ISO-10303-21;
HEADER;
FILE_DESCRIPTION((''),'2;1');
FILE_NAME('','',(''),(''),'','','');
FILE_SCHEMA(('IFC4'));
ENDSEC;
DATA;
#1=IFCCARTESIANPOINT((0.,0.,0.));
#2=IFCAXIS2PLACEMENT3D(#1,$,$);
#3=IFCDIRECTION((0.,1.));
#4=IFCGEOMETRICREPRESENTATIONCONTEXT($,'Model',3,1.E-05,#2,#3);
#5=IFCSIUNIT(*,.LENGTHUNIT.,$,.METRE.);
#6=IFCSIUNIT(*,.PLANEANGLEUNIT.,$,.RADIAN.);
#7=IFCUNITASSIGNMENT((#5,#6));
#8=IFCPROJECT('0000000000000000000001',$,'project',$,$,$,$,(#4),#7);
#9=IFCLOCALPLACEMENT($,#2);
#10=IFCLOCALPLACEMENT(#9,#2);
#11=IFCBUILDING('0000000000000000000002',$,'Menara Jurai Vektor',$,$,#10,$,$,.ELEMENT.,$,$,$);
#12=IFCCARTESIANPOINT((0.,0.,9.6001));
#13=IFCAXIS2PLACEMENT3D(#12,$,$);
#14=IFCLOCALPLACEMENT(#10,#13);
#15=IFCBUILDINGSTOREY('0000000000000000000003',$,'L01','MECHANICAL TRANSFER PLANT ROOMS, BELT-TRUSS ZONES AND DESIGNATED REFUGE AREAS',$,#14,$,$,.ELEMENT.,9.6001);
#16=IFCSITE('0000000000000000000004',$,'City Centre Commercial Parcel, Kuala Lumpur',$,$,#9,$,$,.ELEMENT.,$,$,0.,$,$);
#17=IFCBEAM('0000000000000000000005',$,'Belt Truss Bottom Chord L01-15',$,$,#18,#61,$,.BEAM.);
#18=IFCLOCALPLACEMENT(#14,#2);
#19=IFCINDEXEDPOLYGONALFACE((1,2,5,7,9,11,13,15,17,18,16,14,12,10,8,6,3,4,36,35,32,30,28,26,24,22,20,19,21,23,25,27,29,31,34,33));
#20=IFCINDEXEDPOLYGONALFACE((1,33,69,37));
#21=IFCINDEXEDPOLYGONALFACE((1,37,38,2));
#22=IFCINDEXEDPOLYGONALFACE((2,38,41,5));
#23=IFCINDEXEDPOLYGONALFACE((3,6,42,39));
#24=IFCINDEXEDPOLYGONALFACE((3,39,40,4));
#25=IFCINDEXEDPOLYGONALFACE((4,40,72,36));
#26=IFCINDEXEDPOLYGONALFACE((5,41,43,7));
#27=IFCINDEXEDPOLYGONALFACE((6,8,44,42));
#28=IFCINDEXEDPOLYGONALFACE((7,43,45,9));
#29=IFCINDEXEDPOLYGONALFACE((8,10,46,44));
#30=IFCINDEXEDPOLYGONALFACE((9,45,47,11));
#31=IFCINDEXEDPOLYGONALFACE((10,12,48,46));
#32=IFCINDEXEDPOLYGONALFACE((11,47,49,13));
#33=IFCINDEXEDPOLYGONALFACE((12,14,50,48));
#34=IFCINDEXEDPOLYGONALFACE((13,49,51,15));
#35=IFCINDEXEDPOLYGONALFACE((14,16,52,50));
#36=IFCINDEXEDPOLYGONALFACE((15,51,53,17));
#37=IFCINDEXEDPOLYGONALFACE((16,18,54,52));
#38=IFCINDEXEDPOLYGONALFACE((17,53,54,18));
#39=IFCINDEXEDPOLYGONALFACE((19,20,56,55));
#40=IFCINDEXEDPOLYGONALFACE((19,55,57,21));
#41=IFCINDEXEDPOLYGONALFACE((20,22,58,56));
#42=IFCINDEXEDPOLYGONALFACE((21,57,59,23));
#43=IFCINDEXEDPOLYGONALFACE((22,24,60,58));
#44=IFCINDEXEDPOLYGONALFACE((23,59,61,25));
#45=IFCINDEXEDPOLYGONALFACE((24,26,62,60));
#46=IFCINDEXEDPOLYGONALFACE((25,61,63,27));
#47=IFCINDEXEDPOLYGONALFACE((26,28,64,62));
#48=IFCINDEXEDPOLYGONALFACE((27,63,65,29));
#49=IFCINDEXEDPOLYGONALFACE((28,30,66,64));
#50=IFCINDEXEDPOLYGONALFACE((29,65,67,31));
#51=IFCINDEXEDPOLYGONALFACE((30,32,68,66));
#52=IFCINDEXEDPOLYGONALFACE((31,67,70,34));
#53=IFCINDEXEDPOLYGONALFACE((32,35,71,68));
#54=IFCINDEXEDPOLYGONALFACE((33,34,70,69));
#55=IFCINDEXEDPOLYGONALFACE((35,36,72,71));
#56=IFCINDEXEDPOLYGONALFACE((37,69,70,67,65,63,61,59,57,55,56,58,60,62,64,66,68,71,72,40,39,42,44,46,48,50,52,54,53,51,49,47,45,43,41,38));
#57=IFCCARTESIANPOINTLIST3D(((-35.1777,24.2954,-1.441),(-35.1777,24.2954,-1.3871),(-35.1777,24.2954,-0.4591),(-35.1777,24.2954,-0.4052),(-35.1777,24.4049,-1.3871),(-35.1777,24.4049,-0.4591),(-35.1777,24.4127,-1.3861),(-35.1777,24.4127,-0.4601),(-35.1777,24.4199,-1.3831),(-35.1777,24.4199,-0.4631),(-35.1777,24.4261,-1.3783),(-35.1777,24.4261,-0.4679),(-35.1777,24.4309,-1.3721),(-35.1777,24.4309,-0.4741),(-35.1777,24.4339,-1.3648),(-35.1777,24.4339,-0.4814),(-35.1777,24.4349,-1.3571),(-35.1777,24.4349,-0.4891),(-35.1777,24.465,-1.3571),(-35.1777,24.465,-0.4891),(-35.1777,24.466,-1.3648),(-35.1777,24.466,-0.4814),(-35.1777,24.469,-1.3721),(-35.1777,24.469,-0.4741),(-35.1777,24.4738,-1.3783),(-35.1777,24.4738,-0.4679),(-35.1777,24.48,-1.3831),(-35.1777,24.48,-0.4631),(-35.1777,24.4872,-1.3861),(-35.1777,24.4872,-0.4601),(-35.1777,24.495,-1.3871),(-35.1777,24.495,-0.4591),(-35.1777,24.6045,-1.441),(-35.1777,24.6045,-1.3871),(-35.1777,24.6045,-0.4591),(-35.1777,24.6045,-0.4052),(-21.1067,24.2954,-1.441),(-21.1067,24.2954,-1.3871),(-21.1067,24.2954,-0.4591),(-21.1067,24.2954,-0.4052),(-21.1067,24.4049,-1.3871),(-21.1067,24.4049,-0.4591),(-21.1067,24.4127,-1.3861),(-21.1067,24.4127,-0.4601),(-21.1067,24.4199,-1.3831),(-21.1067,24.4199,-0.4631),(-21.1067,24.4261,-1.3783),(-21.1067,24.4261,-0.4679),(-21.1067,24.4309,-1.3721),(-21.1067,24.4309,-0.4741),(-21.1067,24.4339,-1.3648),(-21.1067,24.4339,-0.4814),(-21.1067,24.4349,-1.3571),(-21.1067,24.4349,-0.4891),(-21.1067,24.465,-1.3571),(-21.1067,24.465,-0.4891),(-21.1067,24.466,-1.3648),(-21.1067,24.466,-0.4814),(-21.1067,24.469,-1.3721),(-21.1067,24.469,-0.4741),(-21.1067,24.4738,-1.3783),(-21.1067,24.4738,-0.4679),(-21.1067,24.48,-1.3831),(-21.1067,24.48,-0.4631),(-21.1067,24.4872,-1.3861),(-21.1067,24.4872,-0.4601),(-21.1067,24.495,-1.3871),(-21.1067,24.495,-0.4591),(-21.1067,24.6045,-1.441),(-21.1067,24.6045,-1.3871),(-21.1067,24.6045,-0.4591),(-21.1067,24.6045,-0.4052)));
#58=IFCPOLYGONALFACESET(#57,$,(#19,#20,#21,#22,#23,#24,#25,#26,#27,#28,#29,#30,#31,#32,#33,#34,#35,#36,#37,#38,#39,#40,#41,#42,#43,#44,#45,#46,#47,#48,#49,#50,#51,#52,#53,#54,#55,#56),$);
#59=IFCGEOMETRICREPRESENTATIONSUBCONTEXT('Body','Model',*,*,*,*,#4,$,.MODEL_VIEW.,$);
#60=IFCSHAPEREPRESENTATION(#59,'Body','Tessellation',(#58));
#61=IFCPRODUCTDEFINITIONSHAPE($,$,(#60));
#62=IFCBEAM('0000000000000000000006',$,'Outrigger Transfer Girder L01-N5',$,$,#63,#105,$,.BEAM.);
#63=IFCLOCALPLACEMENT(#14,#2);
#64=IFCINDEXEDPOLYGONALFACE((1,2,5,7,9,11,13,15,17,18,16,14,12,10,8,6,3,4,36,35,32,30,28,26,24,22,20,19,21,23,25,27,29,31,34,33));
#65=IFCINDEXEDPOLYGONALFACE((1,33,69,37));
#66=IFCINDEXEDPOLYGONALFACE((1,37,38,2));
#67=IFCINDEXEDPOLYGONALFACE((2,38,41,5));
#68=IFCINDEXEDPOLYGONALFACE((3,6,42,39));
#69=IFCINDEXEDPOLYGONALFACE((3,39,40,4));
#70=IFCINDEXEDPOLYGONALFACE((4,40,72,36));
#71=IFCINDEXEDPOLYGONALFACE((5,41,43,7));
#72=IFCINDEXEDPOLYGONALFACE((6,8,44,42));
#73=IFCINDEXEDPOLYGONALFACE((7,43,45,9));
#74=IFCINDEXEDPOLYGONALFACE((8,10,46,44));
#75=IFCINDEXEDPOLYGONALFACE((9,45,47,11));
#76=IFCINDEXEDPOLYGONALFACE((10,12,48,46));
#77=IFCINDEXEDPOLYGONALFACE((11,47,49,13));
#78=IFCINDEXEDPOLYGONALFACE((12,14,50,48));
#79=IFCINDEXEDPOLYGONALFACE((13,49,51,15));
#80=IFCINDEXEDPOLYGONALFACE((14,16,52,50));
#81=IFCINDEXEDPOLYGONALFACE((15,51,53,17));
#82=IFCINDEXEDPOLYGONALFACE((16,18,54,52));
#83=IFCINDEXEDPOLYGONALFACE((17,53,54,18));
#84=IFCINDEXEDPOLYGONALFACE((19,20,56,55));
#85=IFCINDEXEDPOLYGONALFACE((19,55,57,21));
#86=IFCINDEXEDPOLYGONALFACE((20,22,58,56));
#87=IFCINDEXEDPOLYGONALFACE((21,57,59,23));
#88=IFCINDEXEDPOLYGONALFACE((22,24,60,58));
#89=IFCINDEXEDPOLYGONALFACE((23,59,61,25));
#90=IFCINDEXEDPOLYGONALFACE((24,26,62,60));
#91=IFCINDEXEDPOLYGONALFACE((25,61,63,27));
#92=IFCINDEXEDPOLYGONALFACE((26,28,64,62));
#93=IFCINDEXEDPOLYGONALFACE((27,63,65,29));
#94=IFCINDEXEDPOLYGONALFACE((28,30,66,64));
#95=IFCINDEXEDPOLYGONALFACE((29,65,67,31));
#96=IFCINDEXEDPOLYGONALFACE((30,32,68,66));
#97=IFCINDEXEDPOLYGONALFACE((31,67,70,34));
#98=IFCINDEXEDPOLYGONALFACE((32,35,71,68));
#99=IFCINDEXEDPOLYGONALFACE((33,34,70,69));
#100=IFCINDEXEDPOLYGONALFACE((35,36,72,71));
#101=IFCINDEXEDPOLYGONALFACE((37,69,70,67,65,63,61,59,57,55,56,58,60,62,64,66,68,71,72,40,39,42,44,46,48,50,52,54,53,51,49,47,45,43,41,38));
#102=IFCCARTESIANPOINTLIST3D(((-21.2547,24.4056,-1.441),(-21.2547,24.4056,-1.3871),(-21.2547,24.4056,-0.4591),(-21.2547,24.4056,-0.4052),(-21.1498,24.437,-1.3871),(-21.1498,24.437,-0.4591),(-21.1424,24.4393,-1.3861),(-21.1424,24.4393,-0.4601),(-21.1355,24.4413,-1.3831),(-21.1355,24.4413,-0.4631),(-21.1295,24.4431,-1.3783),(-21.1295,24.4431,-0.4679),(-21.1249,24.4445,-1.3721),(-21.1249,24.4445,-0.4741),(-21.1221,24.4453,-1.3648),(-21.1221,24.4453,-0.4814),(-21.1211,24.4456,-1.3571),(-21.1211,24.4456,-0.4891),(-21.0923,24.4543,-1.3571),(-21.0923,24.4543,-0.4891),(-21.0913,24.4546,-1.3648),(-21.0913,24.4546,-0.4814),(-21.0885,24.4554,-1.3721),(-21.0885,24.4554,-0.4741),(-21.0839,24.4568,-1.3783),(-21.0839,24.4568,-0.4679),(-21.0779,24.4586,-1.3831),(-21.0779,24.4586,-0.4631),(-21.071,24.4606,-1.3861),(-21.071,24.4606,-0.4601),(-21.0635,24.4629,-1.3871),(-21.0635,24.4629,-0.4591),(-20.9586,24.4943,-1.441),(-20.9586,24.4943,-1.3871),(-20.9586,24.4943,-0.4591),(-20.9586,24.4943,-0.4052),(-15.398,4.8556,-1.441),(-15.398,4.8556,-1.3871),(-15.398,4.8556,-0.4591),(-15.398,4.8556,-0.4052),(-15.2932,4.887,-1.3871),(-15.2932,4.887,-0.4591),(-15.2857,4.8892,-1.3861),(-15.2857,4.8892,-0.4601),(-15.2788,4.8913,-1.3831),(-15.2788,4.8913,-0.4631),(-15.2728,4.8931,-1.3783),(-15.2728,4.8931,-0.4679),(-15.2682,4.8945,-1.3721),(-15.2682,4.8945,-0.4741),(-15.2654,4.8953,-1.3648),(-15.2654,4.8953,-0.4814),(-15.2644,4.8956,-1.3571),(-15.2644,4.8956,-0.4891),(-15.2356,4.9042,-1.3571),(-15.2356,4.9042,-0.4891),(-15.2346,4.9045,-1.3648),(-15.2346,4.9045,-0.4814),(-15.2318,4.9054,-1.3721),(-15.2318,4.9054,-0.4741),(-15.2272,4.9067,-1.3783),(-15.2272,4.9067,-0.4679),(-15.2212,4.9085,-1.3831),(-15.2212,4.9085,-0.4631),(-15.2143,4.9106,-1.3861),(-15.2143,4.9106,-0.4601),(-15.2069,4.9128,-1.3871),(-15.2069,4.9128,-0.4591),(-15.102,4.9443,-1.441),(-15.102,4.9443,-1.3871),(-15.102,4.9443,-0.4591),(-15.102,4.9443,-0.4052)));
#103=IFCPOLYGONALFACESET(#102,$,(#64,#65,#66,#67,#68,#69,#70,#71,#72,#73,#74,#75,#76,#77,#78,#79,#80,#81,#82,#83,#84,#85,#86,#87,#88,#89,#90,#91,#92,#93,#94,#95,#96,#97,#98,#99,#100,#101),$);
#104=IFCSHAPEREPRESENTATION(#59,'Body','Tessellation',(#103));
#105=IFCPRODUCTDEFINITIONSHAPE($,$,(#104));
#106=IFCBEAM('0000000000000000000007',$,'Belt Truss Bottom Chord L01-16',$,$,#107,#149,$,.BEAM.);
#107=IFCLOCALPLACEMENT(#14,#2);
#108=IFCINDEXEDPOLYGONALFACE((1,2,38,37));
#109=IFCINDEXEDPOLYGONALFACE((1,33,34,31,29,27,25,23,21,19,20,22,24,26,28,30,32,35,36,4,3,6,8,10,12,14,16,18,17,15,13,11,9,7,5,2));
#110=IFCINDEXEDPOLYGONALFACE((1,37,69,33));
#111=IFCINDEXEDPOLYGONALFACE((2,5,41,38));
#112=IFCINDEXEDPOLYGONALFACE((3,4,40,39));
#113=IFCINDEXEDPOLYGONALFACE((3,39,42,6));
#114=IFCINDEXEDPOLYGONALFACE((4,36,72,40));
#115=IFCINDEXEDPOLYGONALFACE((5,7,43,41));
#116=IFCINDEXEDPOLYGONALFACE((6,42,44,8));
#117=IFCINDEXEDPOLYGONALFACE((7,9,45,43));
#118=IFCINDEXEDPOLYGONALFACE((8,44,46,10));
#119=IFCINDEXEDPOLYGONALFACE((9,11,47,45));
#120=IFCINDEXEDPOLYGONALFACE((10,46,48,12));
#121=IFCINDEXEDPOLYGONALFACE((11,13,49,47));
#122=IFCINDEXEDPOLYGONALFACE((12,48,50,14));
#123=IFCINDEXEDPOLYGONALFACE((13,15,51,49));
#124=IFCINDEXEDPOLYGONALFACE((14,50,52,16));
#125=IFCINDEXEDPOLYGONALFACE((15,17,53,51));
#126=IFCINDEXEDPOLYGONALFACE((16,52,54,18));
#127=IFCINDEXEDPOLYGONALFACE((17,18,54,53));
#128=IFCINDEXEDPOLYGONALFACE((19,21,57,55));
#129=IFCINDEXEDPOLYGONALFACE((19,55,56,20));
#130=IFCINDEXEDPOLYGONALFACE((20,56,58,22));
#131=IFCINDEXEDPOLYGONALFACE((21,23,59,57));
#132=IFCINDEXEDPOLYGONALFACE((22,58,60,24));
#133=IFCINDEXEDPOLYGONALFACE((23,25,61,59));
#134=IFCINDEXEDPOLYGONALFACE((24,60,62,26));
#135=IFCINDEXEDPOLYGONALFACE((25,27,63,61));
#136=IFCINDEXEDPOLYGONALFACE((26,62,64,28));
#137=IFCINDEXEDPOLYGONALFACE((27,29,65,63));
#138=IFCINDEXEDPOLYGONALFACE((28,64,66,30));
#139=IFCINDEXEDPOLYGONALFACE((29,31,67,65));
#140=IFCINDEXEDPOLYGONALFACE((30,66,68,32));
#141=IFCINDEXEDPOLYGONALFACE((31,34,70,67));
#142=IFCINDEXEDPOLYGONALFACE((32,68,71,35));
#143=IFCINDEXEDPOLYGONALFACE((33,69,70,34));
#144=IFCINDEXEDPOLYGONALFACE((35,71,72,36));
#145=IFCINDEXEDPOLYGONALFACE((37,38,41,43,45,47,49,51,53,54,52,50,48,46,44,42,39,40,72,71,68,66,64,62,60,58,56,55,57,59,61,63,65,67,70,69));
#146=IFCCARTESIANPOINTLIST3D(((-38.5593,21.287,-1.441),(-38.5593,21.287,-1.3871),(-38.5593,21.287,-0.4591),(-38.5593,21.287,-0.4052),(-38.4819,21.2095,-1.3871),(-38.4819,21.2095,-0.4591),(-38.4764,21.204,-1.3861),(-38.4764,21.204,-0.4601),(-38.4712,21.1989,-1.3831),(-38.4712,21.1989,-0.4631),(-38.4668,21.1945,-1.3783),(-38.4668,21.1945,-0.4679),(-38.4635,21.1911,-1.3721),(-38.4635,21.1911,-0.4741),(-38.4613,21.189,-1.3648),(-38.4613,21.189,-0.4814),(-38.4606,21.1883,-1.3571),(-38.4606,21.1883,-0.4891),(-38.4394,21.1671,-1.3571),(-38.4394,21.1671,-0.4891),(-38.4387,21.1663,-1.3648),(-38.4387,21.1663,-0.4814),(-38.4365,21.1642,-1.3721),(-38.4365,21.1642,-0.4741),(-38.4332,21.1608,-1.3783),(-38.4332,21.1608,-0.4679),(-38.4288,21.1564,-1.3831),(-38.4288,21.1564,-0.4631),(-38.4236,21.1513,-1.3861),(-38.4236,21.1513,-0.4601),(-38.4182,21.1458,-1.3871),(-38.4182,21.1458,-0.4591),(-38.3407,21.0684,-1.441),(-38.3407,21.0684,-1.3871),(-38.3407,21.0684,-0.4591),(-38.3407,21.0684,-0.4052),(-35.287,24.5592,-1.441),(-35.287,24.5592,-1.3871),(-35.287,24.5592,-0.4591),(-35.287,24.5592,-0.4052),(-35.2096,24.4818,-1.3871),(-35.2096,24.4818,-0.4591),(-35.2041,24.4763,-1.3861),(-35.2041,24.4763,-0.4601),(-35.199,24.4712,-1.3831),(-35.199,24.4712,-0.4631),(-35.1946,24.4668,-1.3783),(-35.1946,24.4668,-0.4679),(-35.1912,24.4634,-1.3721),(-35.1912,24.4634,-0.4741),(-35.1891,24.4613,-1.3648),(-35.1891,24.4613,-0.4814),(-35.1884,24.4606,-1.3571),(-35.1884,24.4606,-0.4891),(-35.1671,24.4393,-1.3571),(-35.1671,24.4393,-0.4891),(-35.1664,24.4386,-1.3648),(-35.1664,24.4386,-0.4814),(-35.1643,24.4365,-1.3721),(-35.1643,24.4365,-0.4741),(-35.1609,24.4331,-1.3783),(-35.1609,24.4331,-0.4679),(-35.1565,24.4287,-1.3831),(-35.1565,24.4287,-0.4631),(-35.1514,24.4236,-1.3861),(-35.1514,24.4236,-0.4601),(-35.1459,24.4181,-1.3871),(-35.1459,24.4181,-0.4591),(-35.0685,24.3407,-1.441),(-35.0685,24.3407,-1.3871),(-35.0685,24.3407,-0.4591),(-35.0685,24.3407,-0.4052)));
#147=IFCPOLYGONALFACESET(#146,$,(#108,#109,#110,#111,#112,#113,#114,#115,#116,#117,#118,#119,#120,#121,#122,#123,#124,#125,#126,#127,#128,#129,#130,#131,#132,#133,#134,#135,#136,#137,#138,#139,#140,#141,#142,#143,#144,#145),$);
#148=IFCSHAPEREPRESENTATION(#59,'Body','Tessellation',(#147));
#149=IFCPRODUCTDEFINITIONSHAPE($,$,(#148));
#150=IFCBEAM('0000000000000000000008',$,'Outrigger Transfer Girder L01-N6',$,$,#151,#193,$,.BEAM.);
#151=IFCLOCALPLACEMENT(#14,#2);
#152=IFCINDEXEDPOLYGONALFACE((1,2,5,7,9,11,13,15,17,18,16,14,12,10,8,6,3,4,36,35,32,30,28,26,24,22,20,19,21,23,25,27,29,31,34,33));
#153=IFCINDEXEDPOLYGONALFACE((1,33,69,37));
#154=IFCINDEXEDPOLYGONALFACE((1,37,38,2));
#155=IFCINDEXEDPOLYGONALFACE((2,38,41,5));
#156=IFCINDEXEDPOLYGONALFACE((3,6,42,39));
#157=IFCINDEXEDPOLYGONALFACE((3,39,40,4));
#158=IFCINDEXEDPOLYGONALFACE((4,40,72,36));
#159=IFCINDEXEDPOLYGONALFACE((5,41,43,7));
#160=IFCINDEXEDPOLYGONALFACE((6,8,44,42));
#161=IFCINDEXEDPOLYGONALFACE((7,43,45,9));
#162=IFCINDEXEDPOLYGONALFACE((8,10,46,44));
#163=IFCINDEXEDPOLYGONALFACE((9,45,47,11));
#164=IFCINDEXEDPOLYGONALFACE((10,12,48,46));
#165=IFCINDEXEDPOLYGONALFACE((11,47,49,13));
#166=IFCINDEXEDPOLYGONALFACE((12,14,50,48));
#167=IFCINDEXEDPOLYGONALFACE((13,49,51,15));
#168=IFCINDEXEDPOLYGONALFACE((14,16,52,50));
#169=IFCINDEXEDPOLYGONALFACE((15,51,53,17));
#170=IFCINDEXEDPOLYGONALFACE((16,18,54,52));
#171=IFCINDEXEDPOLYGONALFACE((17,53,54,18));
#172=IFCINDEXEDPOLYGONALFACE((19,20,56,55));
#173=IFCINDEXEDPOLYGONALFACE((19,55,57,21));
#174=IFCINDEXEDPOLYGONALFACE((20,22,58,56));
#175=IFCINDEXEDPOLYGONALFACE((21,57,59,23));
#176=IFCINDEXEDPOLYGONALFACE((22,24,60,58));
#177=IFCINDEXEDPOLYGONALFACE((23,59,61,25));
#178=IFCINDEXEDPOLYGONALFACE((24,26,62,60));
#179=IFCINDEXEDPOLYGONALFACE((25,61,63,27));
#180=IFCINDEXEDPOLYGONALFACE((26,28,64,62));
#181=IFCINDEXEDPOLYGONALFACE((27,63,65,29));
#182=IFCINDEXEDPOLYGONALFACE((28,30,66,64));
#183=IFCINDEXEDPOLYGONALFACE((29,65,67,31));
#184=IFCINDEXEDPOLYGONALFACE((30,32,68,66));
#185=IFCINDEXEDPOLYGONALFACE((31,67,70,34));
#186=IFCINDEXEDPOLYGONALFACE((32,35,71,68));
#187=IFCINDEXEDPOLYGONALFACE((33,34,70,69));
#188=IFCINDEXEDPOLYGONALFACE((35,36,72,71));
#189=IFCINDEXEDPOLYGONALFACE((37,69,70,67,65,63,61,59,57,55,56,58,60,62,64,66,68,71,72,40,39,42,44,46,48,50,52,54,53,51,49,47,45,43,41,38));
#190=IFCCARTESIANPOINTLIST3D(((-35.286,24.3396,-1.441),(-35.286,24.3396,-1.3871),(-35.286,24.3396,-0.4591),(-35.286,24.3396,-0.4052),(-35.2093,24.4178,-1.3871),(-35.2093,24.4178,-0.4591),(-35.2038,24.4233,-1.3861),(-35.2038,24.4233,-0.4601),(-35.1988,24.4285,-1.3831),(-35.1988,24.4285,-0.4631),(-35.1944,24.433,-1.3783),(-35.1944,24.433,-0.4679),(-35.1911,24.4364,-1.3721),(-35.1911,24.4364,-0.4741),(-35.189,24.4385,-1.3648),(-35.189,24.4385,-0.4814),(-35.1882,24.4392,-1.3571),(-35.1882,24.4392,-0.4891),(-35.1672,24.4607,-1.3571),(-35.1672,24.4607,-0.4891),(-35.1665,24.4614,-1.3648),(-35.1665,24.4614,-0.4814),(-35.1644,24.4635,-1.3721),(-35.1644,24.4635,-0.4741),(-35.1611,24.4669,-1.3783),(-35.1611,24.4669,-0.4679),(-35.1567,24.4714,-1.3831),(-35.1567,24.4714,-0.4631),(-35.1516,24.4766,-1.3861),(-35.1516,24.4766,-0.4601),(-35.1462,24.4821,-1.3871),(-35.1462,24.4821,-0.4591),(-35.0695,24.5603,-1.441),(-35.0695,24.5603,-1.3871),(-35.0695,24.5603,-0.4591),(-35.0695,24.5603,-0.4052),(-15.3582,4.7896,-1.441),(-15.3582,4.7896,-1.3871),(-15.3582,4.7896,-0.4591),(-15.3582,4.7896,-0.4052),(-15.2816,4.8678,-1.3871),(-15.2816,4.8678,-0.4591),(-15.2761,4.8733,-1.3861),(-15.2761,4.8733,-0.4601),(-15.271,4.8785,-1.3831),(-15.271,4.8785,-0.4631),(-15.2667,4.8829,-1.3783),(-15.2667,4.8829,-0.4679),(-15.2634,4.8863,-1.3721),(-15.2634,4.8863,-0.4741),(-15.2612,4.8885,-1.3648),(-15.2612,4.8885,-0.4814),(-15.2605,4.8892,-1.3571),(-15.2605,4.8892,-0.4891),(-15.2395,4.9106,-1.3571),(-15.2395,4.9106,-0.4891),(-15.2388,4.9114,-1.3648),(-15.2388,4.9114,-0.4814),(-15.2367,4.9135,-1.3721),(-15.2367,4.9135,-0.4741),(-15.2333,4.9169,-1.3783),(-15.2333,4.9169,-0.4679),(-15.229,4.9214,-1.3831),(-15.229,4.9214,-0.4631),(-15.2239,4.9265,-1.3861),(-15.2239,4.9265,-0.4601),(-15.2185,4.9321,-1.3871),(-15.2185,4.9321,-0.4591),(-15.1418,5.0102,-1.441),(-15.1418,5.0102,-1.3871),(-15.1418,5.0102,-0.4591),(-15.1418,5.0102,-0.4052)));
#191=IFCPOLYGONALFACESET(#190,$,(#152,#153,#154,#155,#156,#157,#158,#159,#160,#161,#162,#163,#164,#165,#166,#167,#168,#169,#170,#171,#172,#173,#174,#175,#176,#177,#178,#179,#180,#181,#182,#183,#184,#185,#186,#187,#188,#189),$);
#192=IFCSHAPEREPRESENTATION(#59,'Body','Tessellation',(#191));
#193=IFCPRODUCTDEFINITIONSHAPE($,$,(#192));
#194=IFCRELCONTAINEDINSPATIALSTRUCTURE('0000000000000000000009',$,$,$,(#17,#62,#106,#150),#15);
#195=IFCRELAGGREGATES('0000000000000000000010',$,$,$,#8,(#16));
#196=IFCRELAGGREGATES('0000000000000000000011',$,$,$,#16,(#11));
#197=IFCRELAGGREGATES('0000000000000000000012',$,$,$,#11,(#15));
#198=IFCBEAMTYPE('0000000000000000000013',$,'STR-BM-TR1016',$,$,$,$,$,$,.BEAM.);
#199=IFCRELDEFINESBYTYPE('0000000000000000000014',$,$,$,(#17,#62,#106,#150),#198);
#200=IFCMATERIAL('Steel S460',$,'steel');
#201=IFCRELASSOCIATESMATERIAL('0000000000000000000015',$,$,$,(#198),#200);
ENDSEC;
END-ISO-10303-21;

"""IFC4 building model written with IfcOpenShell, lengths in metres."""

from ifc_helpers import new_model, si_unit, direction, frame, origin, origin_2d, place, context, subcontext, project, spatial, i_section, extrude, material, material_profile, profile_set, type_object, element, save


model = new_model("IFC4")

# Units and contexts
model_context = context("Model", 3, precision=1e-05, world=origin(), true_north=direction((0.0, 1.0)))
body_context = subcontext(model_context, "Body", "Model", "MODEL_VIEW")
ifc_project = project(units=[si_unit("LENGTHUNIT", "METRE"), si_unit("PLANEANGLEUNIT", "RADIAN")], contexts=[model_context])

# Site, building, storey
site_placement = place(None, origin())
site = spatial("IfcSite", under=ifc_project, at=site_placement, Name="City Centre Commercial Parcel, Kuala Lumpur", CompositionType="ELEMENT", RefElevation=0.0)
building_placement = place(site_placement, origin())
building = spatial("IfcBuilding", under=site, at=building_placement, Name="Menara Jurai Vektor", CompositionType="ELEMENT")
storey_placement = place(building_placement, frame((0.0, 0.0, 9.6001)))
storey = spatial("IfcBuildingStorey", under=building, at=storey_placement, Name="L01", Description="MECHANICAL TRANSFER PLANT ROOMS, BELT-TRUSS ZONES AND DESIGNATED REFUGE AREAS", CompositionType="ELEMENT", Elevation=9.6001)

# Shared definitions
ifc_material_1 = material(Name="Steel S460", Category="steel")

# Beams
ifc_material_profile_1 = material_profile(ifc_material_1, i_section(OverallWidth=0.3091, OverallDepth=1.0359, WebThickness=0.03, FlangeThickness=0.054, FilletRadius=0.03, at=origin_2d()), Name="UKB 1016x305x487")
ifc_profile_set_1 = profile_set([ifc_material_profile_1], Name="Steel S460")
beam_type_1 = type_object("IfcBeamType", Name="STR-BM-TR1016", PredefinedType="BEAM", material=ifc_profile_set_1)
beam_1_placement = place(storey_placement, frame((-21.1067, 24.45, -0.9231), z_axis=(-1.0, 0.0, 0.0), x_axis=(0.0, -1.0, 0.0)))
element("IfcBeam", 1, at=beam_1_placement, inside=storey, type_object=beam_type_1, Name="Belt Truss Bottom Chord L01-15", PredefinedType="BEAM", context=body_context, shape_type="SweptSolid", body=[
    extrude(i_section(OverallWidth=0.3091, OverallDepth=1.0359, WebThickness=0.03, FlangeThickness=0.054, FilletRadius=0.03, at=origin_2d()), origin(), (0.0, 0.0, 1.0), 14.071),
])
beam_2_placement = place(storey_placement, frame((-21.1067, 24.45, -0.9231), z_axis=(0.286974, -0.957938, 0.0), x_axis=(0.957938, 0.286974, 0.0)))
element("IfcBeam", 2, at=beam_2_placement, inside=storey, type_object=beam_type_1, Name="Outrigger Transfer Girder L01-N5", PredefinedType="BEAM", context=body_context, shape_type="SweptSolid", body=[
    extrude(i_section(OverallWidth=0.3091, OverallDepth=1.0359, WebThickness=0.03, FlangeThickness=0.054, FilletRadius=0.03, at=origin_2d()), origin(), (0.0, 0.0, 1.0), 20.4084),
])
beam_3_placement = place(storey_placement, frame((-35.1777, 24.45, -0.9231), z_axis=(-0.707107, -0.707107, 0.0), x_axis=(0.707107, -0.707107, 0.0)))
element("IfcBeam", 3, at=beam_3_placement, inside=storey, type_object=beam_type_1, Name="Belt Truss Bottom Chord L01-16", PredefinedType="BEAM", context=body_context, shape_type="SweptSolid", body=[
    extrude(i_section(OverallWidth=0.3091, OverallDepth=1.0359, WebThickness=0.03, FlangeThickness=0.054, FilletRadius=0.03, at=origin_2d()), origin(), (0.0, 0.0, 1.0), 4.6277),
])
beam_4_placement = place(storey_placement, frame((-35.1777, 24.45, -0.9231), z_axis=(0.713839, -0.70031, 0.0), x_axis=(0.70031, 0.713839, 0.0)))
element("IfcBeam", 4, at=beam_4_placement, inside=storey, type_object=beam_type_1, Name="Outrigger Transfer Girder L01-N6", PredefinedType="BEAM", context=body_context, shape_type="SweptSolid", body=[
    extrude(i_section(OverallWidth=0.3091, OverallDepth=1.0359, WebThickness=0.03, FlangeThickness=0.054, FilletRadius=0.03, at=origin_2d()), origin(), (0.0, 0.0, 1.0), 27.9163),
])

save(model, "model.ifc")
